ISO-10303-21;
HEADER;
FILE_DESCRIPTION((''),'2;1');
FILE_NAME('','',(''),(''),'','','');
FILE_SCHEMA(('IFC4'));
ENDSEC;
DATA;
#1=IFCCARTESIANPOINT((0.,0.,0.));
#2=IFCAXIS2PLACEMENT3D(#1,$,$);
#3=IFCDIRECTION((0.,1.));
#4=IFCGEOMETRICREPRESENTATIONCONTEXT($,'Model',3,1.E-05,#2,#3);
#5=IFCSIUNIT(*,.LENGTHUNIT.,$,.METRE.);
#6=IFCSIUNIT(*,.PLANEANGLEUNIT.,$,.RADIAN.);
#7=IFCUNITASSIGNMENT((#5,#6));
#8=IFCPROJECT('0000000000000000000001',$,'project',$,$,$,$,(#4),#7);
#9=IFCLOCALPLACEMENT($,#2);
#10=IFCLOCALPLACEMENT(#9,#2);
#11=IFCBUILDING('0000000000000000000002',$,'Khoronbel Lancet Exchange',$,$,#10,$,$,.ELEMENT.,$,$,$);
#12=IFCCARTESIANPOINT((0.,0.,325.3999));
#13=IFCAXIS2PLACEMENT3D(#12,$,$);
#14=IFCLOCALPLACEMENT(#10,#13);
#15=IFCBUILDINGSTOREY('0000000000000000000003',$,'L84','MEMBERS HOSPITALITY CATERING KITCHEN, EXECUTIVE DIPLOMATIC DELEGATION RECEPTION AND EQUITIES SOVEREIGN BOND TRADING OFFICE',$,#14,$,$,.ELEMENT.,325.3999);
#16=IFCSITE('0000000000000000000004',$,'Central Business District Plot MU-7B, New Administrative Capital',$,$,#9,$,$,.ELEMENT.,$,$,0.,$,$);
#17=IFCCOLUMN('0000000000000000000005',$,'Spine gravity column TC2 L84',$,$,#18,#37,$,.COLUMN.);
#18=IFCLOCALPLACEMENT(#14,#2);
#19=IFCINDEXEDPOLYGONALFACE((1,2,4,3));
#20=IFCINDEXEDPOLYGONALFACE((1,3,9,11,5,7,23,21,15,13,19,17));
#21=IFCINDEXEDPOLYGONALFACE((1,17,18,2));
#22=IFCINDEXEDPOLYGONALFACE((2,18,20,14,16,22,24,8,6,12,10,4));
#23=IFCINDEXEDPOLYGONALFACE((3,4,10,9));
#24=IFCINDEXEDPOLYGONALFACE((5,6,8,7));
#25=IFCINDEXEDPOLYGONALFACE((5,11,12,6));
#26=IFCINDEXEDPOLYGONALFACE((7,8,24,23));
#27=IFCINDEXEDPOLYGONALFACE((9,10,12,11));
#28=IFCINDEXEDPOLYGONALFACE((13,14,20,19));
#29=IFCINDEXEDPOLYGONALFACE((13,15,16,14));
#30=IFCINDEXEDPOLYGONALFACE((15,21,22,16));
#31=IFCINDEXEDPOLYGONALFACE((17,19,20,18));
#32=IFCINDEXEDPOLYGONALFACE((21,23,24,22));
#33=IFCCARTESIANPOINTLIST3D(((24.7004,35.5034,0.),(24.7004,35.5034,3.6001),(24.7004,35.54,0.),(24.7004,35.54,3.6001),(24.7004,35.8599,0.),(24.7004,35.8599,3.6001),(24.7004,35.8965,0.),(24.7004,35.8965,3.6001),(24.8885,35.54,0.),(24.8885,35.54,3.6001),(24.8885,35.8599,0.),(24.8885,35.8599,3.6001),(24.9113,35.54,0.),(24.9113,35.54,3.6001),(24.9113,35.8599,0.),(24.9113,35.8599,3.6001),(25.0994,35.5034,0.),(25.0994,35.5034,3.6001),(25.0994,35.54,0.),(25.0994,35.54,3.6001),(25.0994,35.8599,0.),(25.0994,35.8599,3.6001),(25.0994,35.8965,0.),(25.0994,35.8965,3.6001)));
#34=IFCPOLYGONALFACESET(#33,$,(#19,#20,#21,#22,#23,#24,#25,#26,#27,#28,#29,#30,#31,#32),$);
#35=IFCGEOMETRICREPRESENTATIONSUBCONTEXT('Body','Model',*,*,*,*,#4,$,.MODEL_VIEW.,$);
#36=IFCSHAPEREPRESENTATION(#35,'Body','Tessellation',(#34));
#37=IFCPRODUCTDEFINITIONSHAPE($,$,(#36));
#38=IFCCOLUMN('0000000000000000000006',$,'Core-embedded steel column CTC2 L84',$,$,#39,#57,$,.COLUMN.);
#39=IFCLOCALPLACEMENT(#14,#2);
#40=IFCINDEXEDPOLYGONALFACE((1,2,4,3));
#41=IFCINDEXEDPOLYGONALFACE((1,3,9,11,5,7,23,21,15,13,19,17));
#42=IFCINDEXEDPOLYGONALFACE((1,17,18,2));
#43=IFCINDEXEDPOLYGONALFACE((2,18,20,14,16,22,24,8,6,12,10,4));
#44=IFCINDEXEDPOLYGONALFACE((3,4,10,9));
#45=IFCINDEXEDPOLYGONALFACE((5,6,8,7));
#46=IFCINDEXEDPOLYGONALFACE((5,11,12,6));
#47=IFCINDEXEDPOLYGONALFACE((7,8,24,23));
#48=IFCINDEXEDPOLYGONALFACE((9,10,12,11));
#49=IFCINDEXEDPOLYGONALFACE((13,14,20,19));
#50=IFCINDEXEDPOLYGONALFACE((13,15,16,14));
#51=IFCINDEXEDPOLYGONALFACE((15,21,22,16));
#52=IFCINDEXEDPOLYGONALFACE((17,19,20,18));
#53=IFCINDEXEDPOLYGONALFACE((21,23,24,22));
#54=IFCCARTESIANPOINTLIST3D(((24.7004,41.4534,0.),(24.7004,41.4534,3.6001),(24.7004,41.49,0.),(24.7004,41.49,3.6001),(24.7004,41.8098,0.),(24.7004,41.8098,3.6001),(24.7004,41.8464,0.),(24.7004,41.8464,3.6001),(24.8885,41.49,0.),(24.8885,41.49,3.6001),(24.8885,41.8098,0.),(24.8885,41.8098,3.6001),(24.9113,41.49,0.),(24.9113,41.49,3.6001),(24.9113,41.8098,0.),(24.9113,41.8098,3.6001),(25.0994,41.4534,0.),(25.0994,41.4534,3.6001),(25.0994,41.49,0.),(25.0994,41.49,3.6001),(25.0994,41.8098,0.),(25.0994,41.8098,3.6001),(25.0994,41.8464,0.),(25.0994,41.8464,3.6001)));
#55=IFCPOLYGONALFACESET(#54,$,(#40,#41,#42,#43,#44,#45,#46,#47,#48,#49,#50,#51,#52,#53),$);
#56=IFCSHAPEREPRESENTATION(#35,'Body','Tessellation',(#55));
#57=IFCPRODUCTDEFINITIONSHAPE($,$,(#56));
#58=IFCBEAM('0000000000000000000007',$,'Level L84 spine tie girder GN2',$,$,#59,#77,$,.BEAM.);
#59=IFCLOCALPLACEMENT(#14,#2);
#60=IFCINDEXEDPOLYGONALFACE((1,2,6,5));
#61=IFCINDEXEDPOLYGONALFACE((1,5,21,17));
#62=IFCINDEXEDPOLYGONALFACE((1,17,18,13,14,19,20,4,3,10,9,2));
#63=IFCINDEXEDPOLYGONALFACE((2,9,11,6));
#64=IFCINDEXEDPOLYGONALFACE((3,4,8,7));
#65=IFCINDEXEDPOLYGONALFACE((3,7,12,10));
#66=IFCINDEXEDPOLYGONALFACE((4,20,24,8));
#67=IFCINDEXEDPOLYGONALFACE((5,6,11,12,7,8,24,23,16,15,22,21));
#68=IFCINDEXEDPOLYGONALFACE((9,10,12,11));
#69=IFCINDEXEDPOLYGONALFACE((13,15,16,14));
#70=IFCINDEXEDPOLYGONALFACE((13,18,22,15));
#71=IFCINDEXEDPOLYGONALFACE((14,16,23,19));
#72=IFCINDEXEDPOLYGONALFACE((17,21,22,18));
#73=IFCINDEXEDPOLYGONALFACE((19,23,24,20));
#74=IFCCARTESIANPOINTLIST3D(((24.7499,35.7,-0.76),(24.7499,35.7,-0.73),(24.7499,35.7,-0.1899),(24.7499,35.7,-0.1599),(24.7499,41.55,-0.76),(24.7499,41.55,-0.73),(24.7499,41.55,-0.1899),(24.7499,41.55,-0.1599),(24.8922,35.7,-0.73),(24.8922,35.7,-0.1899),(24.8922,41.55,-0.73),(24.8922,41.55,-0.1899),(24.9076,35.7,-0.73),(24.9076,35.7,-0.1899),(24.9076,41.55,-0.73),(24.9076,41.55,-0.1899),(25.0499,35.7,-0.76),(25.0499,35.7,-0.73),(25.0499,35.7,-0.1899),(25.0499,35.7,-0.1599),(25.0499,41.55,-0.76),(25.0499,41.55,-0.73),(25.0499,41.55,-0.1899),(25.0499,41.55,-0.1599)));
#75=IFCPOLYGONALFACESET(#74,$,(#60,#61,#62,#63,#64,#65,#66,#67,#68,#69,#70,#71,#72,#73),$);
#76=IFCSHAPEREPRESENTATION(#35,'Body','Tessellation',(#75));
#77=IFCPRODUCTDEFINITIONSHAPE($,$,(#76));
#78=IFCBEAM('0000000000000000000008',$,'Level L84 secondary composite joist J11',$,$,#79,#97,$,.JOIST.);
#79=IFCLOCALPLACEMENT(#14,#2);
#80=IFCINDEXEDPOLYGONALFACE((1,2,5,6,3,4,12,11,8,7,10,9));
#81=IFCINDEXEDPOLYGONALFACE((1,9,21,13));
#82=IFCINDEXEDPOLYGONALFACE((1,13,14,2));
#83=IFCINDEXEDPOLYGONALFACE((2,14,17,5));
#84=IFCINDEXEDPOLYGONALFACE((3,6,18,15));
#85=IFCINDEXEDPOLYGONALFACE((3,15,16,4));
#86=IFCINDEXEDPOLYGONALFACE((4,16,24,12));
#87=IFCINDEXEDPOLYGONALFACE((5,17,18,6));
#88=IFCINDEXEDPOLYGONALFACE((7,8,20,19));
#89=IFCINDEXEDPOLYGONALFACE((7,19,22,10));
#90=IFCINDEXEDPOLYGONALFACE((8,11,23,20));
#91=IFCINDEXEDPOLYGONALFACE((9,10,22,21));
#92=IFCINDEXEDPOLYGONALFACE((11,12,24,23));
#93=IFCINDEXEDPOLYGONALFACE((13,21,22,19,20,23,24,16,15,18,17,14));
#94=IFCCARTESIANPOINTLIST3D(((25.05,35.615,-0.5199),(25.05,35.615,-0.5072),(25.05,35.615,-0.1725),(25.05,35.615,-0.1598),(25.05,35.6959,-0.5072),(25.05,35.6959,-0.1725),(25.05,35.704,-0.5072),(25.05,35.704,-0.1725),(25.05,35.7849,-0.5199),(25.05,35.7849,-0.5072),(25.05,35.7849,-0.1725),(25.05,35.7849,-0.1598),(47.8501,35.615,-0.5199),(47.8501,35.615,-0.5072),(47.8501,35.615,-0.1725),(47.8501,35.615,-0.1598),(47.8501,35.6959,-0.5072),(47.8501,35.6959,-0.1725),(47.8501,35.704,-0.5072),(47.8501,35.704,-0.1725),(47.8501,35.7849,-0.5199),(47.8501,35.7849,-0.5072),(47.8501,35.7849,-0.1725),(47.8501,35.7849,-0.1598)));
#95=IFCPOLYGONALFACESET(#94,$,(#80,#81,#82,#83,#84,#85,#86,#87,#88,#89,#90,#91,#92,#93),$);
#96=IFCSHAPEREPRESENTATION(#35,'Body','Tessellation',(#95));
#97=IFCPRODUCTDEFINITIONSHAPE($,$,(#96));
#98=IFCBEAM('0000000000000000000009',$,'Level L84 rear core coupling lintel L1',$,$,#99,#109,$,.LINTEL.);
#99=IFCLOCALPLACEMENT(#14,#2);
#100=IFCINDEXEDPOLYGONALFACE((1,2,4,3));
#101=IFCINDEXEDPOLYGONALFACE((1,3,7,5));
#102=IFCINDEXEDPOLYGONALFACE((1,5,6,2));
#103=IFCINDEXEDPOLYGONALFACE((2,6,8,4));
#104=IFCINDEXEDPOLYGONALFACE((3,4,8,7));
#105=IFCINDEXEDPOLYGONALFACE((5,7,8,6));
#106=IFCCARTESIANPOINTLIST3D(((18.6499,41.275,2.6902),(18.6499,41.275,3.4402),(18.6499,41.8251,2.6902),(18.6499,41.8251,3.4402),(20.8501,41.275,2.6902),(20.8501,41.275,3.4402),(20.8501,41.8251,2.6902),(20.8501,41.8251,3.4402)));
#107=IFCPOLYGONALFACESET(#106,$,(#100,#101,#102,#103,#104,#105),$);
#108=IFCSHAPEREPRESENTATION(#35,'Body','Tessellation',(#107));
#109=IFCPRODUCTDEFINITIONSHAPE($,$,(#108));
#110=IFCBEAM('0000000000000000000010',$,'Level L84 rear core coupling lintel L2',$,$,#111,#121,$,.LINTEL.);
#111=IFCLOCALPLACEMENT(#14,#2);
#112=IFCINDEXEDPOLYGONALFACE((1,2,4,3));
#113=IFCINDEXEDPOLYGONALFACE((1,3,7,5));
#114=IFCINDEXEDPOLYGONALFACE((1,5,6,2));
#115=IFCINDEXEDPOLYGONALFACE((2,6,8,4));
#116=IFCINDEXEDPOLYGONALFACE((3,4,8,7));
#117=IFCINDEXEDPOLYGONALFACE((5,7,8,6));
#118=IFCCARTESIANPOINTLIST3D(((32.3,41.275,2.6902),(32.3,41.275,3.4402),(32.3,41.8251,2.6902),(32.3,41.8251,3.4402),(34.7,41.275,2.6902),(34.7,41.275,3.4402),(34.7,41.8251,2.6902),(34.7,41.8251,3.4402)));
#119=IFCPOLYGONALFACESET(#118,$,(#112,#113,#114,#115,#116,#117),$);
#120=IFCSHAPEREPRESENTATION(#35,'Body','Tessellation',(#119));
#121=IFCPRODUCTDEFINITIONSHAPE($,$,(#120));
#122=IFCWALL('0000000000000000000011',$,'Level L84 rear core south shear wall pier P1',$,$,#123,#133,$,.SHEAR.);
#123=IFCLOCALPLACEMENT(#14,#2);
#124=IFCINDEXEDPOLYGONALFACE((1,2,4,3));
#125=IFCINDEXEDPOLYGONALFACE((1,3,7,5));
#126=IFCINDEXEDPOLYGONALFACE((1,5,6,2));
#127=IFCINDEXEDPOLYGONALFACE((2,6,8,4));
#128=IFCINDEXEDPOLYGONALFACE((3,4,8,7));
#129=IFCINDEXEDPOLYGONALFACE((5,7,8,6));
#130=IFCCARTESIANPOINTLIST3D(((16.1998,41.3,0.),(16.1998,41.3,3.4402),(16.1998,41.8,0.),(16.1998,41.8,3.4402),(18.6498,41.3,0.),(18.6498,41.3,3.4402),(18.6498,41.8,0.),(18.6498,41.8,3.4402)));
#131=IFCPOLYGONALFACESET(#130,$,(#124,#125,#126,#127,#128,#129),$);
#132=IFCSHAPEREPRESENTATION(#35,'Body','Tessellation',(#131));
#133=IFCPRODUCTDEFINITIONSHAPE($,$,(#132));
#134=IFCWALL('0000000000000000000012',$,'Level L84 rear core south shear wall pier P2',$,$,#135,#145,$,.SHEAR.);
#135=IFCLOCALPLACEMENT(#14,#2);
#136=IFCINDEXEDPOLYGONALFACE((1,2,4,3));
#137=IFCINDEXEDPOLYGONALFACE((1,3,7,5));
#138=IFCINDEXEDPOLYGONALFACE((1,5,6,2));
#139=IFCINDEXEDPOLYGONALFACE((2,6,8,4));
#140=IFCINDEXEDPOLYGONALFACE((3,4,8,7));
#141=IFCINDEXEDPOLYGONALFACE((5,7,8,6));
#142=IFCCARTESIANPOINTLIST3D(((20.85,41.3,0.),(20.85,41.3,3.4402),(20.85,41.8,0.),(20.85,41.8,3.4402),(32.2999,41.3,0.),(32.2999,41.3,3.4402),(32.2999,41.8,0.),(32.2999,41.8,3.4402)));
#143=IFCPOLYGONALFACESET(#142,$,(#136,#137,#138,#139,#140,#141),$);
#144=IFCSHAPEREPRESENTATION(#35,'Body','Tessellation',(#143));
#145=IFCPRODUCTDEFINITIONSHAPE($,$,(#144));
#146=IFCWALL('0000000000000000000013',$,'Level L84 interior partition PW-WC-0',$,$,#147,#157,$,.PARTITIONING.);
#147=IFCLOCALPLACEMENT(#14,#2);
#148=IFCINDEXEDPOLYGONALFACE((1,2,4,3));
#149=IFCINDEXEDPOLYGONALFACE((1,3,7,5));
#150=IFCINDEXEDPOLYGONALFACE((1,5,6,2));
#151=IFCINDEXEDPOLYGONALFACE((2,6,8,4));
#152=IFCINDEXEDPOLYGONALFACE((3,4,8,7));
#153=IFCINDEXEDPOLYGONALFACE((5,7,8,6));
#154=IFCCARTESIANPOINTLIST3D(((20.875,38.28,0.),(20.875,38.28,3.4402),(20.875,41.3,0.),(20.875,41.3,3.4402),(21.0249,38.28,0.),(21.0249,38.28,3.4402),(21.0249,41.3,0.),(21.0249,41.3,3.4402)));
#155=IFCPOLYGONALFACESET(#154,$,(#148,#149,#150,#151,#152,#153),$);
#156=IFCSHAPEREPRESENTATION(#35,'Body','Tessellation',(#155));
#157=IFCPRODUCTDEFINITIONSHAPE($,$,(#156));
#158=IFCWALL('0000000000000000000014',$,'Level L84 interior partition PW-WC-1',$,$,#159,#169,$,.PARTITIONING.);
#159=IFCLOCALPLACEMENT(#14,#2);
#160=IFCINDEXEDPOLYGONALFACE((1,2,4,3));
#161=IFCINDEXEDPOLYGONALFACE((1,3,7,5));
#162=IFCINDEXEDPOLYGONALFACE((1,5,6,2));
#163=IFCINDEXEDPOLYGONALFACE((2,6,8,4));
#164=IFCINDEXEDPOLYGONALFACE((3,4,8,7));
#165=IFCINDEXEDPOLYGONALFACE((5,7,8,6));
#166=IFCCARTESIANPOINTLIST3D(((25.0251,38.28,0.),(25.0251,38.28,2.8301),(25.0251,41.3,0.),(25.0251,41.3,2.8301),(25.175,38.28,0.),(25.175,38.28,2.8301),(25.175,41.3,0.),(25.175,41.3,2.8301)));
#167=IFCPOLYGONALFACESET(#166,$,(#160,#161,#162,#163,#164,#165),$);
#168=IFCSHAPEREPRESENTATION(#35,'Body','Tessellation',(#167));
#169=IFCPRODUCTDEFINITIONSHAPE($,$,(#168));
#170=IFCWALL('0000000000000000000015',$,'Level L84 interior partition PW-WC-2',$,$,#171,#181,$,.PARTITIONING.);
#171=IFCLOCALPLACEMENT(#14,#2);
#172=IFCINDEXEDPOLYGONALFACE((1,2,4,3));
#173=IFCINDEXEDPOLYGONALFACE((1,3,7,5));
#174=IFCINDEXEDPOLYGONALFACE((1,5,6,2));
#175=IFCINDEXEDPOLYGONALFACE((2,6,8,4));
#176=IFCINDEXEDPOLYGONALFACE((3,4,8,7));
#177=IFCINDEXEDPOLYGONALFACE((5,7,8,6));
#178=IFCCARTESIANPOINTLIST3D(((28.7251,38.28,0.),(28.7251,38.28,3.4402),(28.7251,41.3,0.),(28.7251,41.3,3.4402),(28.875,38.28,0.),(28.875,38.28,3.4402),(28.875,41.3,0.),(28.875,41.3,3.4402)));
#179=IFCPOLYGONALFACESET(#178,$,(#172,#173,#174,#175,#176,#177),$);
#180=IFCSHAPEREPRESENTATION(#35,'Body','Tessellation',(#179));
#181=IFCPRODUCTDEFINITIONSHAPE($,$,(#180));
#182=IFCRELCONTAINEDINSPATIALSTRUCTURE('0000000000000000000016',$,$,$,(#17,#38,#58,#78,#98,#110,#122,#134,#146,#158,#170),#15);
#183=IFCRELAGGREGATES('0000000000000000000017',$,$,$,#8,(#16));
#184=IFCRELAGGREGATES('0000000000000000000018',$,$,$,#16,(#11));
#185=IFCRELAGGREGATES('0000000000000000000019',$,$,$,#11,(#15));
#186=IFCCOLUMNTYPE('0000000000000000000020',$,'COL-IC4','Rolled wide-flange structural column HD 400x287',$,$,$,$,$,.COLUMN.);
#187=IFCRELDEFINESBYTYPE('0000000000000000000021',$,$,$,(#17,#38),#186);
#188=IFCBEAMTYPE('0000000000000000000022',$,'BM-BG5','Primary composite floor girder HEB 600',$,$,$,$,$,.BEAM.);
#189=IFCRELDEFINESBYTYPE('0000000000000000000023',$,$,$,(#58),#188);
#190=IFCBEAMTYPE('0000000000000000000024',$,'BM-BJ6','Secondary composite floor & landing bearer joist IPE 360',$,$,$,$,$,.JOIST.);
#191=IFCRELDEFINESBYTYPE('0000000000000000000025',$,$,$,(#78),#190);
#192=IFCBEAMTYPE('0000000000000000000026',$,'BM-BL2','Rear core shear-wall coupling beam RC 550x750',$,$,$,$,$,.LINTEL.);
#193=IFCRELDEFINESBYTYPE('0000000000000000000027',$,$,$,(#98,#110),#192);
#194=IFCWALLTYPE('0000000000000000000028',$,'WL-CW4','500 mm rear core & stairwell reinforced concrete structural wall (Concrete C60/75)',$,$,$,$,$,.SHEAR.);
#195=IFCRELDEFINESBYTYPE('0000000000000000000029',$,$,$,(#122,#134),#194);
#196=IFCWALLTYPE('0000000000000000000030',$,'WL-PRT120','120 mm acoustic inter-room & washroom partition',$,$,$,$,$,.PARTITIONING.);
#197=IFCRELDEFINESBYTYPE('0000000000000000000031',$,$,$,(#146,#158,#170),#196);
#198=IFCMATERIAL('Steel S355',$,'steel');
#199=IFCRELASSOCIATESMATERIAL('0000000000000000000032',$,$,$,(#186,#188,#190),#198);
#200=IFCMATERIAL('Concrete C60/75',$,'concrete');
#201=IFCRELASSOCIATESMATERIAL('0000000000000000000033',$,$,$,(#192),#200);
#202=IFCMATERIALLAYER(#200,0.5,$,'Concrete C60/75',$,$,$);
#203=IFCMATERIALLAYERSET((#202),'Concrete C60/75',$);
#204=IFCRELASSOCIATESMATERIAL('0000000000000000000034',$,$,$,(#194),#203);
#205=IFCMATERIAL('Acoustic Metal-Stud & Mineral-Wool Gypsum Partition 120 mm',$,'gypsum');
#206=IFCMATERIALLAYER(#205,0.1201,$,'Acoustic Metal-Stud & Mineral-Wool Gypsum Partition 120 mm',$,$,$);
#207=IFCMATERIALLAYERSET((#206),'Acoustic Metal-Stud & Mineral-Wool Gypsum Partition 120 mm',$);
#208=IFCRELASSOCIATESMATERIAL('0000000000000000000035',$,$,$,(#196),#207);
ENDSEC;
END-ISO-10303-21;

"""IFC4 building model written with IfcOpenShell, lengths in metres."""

from ifc_helpers import new_model, si_unit, direction, frame, frame_2d, origin, origin_2d, place, context, subcontext, project, spatial, rectangle, i_section, extrude, material, layer, layer_set, material_profile, profile_set, type_object, element, save


model = new_model("IFC4")

# Units and contexts
model_context = context("Model", 3, precision=1e-05, world=origin(), true_north=direction((0.0, 1.0)))
body_context = subcontext(model_context, "Body", "Model", "MODEL_VIEW")
ifc_project = project(units=[si_unit("LENGTHUNIT", "METRE"), si_unit("PLANEANGLEUNIT", "RADIAN")], contexts=[model_context])

# Site, building, storey
site_placement = place(None, origin())
site = spatial("IfcSite", under=ifc_project, at=site_placement, Name="Central Business District Plot MU-7B, New Administrative Capital", CompositionType="ELEMENT", RefElevation=0.0)
building_placement = place(site_placement, origin())
building = spatial("IfcBuilding", under=site, at=building_placement, Name="Khoronbel Lancet Exchange", CompositionType="ELEMENT")
storey_placement = place(building_placement, frame((0.0, 0.0, 325.3999)))
storey = spatial("IfcBuildingStorey", under=building, at=storey_placement, Name="L84", Description="MEMBERS HOSPITALITY CATERING KITCHEN, EXECUTIVE DIPLOMATIC DELEGATION RECEPTION AND EQUITIES SOVEREIGN BOND TRADING OFFICE", CompositionType="ELEMENT", Elevation=325.3999)

# Columns
ifc_material_1 = material(Name="Steel S355", Category="steel")
ifc_material_profile_1 = material_profile(ifc_material_1, i_section(OverallWidth=0.3989, OverallDepth=0.3931, WebThickness=0.0227, FlangeThickness=0.0366, at=origin_2d()), Name="HD 400x287")
ifc_profile_set_1 = profile_set([ifc_material_profile_1], Name="Steel S355")
column_type = type_object("IfcColumnType", Name="COL-IC4", Description="Rolled wide-flange structural column HD 400x287", PredefinedType="COLUMN", material=ifc_profile_set_1)
for number, where, z_axis, x_axis, name in (
    (1, (24.8999, 35.7, 0.0), (0.0, 0.0, 1.0), (1.0, 0.0, 0.0), "Spine gravity column TC2 L84"),
    (2, (24.8999, 41.6499, 0.0), (0.0, 0.0, 1.0), (1.0, 0.0, 0.0), "Core-embedded steel column CTC2 L84"),
):
    element("IfcColumn", number, at=place(storey_placement, frame(where, z_axis=z_axis, x_axis=x_axis)), inside=storey, type_object=column_type, Name=name, PredefinedType="COLUMN", context=body_context, shape_type="SweptSolid", body=[
        extrude(i_section(OverallWidth=0.3989, OverallDepth=0.3931, WebThickness=0.0227, FlangeThickness=0.0366, at=origin_2d()), origin(), (0.0, 0.0, 1.0), 3.6001),
    ])

# Beams
ifc_material_profile_2 = material_profile(ifc_material_1, i_section(OverallWidth=0.3, OverallDepth=0.6001, WebThickness=0.0154, FlangeThickness=0.03, at=origin_2d()), Name="HEB 600")
ifc_profile_set_2 = profile_set([ifc_material_profile_2], Name="Steel S355")
beam_type_1 = type_object("IfcBeamType", Name="BM-BG5", Description="Primary composite floor girder HEB 600", PredefinedType="BEAM", material=ifc_profile_set_2)
beam_1_placement = place(storey_placement, frame((24.8999, 35.7, -0.46), z_axis=(0.0, 1.0, 0.0), x_axis=(-1.0, 0.0, 0.0)))
element("IfcBeam", 3, at=beam_1_placement, inside=storey, type_object=beam_type_1, Name="Level L84 spine tie girder GN2", PredefinedType="BEAM", context=body_context, shape_type="SweptSolid", body=[
    extrude(i_section(OverallWidth=0.3, OverallDepth=0.6001, WebThickness=0.0154, FlangeThickness=0.03, at=origin_2d()), origin(), (0.0, 0.0, 1.0), 5.8501),
])
ifc_material_profile_3 = material_profile(ifc_material_1, i_section(OverallWidth=0.1699, OverallDepth=0.3601, WebThickness=0.0081, FlangeThickness=0.0127, at=origin_2d()), Name="IPE 360")
ifc_profile_set_3 = profile_set([ifc_material_profile_3], Name="Steel S355")
beam_type_2 = type_object("IfcBeamType", Name="BM-BJ6", Description="Secondary composite floor & landing bearer joist IPE 360", PredefinedType="JOIST", material=ifc_profile_set_3)
beam_2_placement = place(storey_placement, frame((25.05, 35.7, -0.3398), z_axis=(1.0, 0.0, 0.0), x_axis=(0.0, 1.0, 0.0)))
element("IfcBeam", 4, at=beam_2_placement, inside=storey, type_object=beam_type_2, Name="Level L84 secondary composite joist J11", PredefinedType="JOIST", context=body_context, shape_type="SweptSolid", body=[
    extrude(i_section(OverallWidth=0.1699, OverallDepth=0.3601, WebThickness=0.0081, FlangeThickness=0.0127, at=origin_2d()), origin(), (0.0, 0.0, 1.0), 22.8),
])
ifc_material_2 = material(Name="Concrete C60/75", Category="concrete")
ifc_material_profile_4 = material_profile(ifc_material_2, rectangle(XDim=0.55, YDim=0.75, at=origin_2d()), Name="RC 550x750")
ifc_profile_set_4 = profile_set([ifc_material_profile_4], Name="Concrete C60/75")
beam_type_3 = type_object("IfcBeamType", Name="BM-BL2", Description="Rear core shear-wall coupling beam RC 550x750", PredefinedType="LINTEL", material=ifc_profile_set_4)
beam_3_placement = place(storey_placement, frame((18.6499, 41.55, 3.0652), z_axis=(1.0, 0.0, 0.0), x_axis=(0.0, 1.0, 0.0)))
element("IfcBeam", 5, at=beam_3_placement, inside=storey, type_object=beam_type_3, Name="Level L84 rear core coupling lintel L1", PredefinedType="LINTEL", context=body_context, shape_type="SweptSolid", body=[
    extrude(rectangle(XDim=0.55, YDim=0.75, at=origin_2d()), origin(), (0.0, 0.0, 1.0), 2.2002),
])
beam_4_placement = place(storey_placement, frame((32.3, 41.55, 3.0652), z_axis=(1.0, 0.0, 0.0), x_axis=(0.0, 1.0, 0.0)))
element("IfcBeam", 6, at=beam_4_placement, inside=storey, type_object=beam_type_3, Name="Level L84 rear core coupling lintel L2", PredefinedType="LINTEL", context=body_context, shape_type="SweptSolid", body=[
    extrude(rectangle(XDim=0.55, YDim=0.75, at=origin_2d()), origin(), (0.0, 0.0, 1.0), 2.3999),
])

# Walls
ifc_layer_1 = layer(ifc_material_2, 0.5, Name="Concrete C60/75")
ifc_layer_set_1 = layer_set([ifc_layer_1], Name="Concrete C60/75")
wall_type_1 = type_object("IfcWallType", Name="WL-CW4", Description="500 mm rear core & stairwell reinforced concrete structural wall (Concrete C60/75)", PredefinedType="SHEAR", material=ifc_layer_set_1)
wall_1_placement = place(storey_placement, frame((18.6499, 41.55, 0.0), z_axis=(0.0, 0.0, 1.0), x_axis=(-1.0, 0.0, 0.0)))
element("IfcWall", 7, at=wall_1_placement, inside=storey, type_object=wall_type_1, Name="Level L84 rear core south shear wall pier P1", PredefinedType="SHEAR", context=body_context, shape_type="SweptSolid", body=[
    extrude(rectangle(XDim=2.45, YDim=0.5, at=frame_2d((1.2251, 0.0))), origin(), (0.0, 0.0, 1.0), 3.4402),
])
wall_2_placement = place(storey_placement, frame((32.3, 41.55, 0.0), z_axis=(0.0, 0.0, 1.0), x_axis=(-1.0, 0.0, 0.0)))
element("IfcWall", 8, at=wall_2_placement, inside=storey, type_object=wall_type_1, Name="Level L84 rear core south shear wall pier P2", PredefinedType="SHEAR", context=body_context, shape_type="SweptSolid", body=[
    extrude(rectangle(XDim=11.45, YDim=0.5, at=frame_2d((5.7251, 0.0))), origin(), (0.0, 0.0, 1.0), 3.4402),
])
ifc_material_3 = material(Name="Acoustic Metal-Stud & Mineral-Wool Gypsum Partition 120 mm", Category="gypsum")
ifc_layer_2 = layer(ifc_material_3, 0.1201, Name="Acoustic Metal-Stud & Mineral-Wool Gypsum Partition 120 mm")
ifc_layer_set_2 = layer_set([ifc_layer_2], Name="Acoustic Metal-Stud & Mineral-Wool Gypsum Partition 120 mm")
wall_type_2 = type_object("IfcWallType", Name="WL-PRT120", Description="120 mm acoustic inter-room & washroom partition", PredefinedType="PARTITIONING", material=ifc_layer_set_2)
wall_3_placement = place(storey_placement, frame((20.95, 38.28, 0.0), z_axis=(0.0, 0.0, 1.0), x_axis=(0.0, 1.0, 0.0)))
element("IfcWall", 9, at=wall_3_placement, inside=storey, type_object=wall_type_2, Name="Level L84 interior partition PW-WC-0", PredefinedType="PARTITIONING", context=body_context, shape_type="SweptSolid", body=[
    extrude(rectangle(XDim=3.02, YDim=0.1499, at=frame_2d((1.51, 0.0))), origin(), (0.0, 0.0, 1.0), 3.4402),
])
wall_4_placement = place(storey_placement, frame((25.1001, 38.28, 0.0), z_axis=(0.0, 0.0, 1.0), x_axis=(0.0, 1.0, 0.0)))
element("IfcWall", 10, at=wall_4_placement, inside=storey, type_object=wall_type_2, Name="Level L84 interior partition PW-WC-1", PredefinedType="PARTITIONING", context=body_context, shape_type="SweptSolid", body=[
    extrude(rectangle(XDim=3.02, YDim=0.1499, at=frame_2d((1.51, 0.0))), origin(), (0.0, 0.0, 1.0), 2.8301),
])
for number, where, z_axis, x_axis, name in (
    (11, (28.8, 38.28, 0.0), (0.0, 0.0, 1.0), (0.0, 1.0, 0.0), "Level L84 interior partition PW-WC-2"),
):
    element("IfcWall", number, at=place(storey_placement, frame(where, z_axis=z_axis, x_axis=x_axis)), inside=storey, type_object=wall_type_2, Name=name, PredefinedType="PARTITIONING", context=body_context, shape_type="SweptSolid", body=[
        extrude(rectangle(XDim=3.02, YDim=0.1499, at=frame_2d((1.51, 0.0))), origin(), (0.0, 0.0, 1.0), 3.4402),
    ])

save(model, "model.ifc")
